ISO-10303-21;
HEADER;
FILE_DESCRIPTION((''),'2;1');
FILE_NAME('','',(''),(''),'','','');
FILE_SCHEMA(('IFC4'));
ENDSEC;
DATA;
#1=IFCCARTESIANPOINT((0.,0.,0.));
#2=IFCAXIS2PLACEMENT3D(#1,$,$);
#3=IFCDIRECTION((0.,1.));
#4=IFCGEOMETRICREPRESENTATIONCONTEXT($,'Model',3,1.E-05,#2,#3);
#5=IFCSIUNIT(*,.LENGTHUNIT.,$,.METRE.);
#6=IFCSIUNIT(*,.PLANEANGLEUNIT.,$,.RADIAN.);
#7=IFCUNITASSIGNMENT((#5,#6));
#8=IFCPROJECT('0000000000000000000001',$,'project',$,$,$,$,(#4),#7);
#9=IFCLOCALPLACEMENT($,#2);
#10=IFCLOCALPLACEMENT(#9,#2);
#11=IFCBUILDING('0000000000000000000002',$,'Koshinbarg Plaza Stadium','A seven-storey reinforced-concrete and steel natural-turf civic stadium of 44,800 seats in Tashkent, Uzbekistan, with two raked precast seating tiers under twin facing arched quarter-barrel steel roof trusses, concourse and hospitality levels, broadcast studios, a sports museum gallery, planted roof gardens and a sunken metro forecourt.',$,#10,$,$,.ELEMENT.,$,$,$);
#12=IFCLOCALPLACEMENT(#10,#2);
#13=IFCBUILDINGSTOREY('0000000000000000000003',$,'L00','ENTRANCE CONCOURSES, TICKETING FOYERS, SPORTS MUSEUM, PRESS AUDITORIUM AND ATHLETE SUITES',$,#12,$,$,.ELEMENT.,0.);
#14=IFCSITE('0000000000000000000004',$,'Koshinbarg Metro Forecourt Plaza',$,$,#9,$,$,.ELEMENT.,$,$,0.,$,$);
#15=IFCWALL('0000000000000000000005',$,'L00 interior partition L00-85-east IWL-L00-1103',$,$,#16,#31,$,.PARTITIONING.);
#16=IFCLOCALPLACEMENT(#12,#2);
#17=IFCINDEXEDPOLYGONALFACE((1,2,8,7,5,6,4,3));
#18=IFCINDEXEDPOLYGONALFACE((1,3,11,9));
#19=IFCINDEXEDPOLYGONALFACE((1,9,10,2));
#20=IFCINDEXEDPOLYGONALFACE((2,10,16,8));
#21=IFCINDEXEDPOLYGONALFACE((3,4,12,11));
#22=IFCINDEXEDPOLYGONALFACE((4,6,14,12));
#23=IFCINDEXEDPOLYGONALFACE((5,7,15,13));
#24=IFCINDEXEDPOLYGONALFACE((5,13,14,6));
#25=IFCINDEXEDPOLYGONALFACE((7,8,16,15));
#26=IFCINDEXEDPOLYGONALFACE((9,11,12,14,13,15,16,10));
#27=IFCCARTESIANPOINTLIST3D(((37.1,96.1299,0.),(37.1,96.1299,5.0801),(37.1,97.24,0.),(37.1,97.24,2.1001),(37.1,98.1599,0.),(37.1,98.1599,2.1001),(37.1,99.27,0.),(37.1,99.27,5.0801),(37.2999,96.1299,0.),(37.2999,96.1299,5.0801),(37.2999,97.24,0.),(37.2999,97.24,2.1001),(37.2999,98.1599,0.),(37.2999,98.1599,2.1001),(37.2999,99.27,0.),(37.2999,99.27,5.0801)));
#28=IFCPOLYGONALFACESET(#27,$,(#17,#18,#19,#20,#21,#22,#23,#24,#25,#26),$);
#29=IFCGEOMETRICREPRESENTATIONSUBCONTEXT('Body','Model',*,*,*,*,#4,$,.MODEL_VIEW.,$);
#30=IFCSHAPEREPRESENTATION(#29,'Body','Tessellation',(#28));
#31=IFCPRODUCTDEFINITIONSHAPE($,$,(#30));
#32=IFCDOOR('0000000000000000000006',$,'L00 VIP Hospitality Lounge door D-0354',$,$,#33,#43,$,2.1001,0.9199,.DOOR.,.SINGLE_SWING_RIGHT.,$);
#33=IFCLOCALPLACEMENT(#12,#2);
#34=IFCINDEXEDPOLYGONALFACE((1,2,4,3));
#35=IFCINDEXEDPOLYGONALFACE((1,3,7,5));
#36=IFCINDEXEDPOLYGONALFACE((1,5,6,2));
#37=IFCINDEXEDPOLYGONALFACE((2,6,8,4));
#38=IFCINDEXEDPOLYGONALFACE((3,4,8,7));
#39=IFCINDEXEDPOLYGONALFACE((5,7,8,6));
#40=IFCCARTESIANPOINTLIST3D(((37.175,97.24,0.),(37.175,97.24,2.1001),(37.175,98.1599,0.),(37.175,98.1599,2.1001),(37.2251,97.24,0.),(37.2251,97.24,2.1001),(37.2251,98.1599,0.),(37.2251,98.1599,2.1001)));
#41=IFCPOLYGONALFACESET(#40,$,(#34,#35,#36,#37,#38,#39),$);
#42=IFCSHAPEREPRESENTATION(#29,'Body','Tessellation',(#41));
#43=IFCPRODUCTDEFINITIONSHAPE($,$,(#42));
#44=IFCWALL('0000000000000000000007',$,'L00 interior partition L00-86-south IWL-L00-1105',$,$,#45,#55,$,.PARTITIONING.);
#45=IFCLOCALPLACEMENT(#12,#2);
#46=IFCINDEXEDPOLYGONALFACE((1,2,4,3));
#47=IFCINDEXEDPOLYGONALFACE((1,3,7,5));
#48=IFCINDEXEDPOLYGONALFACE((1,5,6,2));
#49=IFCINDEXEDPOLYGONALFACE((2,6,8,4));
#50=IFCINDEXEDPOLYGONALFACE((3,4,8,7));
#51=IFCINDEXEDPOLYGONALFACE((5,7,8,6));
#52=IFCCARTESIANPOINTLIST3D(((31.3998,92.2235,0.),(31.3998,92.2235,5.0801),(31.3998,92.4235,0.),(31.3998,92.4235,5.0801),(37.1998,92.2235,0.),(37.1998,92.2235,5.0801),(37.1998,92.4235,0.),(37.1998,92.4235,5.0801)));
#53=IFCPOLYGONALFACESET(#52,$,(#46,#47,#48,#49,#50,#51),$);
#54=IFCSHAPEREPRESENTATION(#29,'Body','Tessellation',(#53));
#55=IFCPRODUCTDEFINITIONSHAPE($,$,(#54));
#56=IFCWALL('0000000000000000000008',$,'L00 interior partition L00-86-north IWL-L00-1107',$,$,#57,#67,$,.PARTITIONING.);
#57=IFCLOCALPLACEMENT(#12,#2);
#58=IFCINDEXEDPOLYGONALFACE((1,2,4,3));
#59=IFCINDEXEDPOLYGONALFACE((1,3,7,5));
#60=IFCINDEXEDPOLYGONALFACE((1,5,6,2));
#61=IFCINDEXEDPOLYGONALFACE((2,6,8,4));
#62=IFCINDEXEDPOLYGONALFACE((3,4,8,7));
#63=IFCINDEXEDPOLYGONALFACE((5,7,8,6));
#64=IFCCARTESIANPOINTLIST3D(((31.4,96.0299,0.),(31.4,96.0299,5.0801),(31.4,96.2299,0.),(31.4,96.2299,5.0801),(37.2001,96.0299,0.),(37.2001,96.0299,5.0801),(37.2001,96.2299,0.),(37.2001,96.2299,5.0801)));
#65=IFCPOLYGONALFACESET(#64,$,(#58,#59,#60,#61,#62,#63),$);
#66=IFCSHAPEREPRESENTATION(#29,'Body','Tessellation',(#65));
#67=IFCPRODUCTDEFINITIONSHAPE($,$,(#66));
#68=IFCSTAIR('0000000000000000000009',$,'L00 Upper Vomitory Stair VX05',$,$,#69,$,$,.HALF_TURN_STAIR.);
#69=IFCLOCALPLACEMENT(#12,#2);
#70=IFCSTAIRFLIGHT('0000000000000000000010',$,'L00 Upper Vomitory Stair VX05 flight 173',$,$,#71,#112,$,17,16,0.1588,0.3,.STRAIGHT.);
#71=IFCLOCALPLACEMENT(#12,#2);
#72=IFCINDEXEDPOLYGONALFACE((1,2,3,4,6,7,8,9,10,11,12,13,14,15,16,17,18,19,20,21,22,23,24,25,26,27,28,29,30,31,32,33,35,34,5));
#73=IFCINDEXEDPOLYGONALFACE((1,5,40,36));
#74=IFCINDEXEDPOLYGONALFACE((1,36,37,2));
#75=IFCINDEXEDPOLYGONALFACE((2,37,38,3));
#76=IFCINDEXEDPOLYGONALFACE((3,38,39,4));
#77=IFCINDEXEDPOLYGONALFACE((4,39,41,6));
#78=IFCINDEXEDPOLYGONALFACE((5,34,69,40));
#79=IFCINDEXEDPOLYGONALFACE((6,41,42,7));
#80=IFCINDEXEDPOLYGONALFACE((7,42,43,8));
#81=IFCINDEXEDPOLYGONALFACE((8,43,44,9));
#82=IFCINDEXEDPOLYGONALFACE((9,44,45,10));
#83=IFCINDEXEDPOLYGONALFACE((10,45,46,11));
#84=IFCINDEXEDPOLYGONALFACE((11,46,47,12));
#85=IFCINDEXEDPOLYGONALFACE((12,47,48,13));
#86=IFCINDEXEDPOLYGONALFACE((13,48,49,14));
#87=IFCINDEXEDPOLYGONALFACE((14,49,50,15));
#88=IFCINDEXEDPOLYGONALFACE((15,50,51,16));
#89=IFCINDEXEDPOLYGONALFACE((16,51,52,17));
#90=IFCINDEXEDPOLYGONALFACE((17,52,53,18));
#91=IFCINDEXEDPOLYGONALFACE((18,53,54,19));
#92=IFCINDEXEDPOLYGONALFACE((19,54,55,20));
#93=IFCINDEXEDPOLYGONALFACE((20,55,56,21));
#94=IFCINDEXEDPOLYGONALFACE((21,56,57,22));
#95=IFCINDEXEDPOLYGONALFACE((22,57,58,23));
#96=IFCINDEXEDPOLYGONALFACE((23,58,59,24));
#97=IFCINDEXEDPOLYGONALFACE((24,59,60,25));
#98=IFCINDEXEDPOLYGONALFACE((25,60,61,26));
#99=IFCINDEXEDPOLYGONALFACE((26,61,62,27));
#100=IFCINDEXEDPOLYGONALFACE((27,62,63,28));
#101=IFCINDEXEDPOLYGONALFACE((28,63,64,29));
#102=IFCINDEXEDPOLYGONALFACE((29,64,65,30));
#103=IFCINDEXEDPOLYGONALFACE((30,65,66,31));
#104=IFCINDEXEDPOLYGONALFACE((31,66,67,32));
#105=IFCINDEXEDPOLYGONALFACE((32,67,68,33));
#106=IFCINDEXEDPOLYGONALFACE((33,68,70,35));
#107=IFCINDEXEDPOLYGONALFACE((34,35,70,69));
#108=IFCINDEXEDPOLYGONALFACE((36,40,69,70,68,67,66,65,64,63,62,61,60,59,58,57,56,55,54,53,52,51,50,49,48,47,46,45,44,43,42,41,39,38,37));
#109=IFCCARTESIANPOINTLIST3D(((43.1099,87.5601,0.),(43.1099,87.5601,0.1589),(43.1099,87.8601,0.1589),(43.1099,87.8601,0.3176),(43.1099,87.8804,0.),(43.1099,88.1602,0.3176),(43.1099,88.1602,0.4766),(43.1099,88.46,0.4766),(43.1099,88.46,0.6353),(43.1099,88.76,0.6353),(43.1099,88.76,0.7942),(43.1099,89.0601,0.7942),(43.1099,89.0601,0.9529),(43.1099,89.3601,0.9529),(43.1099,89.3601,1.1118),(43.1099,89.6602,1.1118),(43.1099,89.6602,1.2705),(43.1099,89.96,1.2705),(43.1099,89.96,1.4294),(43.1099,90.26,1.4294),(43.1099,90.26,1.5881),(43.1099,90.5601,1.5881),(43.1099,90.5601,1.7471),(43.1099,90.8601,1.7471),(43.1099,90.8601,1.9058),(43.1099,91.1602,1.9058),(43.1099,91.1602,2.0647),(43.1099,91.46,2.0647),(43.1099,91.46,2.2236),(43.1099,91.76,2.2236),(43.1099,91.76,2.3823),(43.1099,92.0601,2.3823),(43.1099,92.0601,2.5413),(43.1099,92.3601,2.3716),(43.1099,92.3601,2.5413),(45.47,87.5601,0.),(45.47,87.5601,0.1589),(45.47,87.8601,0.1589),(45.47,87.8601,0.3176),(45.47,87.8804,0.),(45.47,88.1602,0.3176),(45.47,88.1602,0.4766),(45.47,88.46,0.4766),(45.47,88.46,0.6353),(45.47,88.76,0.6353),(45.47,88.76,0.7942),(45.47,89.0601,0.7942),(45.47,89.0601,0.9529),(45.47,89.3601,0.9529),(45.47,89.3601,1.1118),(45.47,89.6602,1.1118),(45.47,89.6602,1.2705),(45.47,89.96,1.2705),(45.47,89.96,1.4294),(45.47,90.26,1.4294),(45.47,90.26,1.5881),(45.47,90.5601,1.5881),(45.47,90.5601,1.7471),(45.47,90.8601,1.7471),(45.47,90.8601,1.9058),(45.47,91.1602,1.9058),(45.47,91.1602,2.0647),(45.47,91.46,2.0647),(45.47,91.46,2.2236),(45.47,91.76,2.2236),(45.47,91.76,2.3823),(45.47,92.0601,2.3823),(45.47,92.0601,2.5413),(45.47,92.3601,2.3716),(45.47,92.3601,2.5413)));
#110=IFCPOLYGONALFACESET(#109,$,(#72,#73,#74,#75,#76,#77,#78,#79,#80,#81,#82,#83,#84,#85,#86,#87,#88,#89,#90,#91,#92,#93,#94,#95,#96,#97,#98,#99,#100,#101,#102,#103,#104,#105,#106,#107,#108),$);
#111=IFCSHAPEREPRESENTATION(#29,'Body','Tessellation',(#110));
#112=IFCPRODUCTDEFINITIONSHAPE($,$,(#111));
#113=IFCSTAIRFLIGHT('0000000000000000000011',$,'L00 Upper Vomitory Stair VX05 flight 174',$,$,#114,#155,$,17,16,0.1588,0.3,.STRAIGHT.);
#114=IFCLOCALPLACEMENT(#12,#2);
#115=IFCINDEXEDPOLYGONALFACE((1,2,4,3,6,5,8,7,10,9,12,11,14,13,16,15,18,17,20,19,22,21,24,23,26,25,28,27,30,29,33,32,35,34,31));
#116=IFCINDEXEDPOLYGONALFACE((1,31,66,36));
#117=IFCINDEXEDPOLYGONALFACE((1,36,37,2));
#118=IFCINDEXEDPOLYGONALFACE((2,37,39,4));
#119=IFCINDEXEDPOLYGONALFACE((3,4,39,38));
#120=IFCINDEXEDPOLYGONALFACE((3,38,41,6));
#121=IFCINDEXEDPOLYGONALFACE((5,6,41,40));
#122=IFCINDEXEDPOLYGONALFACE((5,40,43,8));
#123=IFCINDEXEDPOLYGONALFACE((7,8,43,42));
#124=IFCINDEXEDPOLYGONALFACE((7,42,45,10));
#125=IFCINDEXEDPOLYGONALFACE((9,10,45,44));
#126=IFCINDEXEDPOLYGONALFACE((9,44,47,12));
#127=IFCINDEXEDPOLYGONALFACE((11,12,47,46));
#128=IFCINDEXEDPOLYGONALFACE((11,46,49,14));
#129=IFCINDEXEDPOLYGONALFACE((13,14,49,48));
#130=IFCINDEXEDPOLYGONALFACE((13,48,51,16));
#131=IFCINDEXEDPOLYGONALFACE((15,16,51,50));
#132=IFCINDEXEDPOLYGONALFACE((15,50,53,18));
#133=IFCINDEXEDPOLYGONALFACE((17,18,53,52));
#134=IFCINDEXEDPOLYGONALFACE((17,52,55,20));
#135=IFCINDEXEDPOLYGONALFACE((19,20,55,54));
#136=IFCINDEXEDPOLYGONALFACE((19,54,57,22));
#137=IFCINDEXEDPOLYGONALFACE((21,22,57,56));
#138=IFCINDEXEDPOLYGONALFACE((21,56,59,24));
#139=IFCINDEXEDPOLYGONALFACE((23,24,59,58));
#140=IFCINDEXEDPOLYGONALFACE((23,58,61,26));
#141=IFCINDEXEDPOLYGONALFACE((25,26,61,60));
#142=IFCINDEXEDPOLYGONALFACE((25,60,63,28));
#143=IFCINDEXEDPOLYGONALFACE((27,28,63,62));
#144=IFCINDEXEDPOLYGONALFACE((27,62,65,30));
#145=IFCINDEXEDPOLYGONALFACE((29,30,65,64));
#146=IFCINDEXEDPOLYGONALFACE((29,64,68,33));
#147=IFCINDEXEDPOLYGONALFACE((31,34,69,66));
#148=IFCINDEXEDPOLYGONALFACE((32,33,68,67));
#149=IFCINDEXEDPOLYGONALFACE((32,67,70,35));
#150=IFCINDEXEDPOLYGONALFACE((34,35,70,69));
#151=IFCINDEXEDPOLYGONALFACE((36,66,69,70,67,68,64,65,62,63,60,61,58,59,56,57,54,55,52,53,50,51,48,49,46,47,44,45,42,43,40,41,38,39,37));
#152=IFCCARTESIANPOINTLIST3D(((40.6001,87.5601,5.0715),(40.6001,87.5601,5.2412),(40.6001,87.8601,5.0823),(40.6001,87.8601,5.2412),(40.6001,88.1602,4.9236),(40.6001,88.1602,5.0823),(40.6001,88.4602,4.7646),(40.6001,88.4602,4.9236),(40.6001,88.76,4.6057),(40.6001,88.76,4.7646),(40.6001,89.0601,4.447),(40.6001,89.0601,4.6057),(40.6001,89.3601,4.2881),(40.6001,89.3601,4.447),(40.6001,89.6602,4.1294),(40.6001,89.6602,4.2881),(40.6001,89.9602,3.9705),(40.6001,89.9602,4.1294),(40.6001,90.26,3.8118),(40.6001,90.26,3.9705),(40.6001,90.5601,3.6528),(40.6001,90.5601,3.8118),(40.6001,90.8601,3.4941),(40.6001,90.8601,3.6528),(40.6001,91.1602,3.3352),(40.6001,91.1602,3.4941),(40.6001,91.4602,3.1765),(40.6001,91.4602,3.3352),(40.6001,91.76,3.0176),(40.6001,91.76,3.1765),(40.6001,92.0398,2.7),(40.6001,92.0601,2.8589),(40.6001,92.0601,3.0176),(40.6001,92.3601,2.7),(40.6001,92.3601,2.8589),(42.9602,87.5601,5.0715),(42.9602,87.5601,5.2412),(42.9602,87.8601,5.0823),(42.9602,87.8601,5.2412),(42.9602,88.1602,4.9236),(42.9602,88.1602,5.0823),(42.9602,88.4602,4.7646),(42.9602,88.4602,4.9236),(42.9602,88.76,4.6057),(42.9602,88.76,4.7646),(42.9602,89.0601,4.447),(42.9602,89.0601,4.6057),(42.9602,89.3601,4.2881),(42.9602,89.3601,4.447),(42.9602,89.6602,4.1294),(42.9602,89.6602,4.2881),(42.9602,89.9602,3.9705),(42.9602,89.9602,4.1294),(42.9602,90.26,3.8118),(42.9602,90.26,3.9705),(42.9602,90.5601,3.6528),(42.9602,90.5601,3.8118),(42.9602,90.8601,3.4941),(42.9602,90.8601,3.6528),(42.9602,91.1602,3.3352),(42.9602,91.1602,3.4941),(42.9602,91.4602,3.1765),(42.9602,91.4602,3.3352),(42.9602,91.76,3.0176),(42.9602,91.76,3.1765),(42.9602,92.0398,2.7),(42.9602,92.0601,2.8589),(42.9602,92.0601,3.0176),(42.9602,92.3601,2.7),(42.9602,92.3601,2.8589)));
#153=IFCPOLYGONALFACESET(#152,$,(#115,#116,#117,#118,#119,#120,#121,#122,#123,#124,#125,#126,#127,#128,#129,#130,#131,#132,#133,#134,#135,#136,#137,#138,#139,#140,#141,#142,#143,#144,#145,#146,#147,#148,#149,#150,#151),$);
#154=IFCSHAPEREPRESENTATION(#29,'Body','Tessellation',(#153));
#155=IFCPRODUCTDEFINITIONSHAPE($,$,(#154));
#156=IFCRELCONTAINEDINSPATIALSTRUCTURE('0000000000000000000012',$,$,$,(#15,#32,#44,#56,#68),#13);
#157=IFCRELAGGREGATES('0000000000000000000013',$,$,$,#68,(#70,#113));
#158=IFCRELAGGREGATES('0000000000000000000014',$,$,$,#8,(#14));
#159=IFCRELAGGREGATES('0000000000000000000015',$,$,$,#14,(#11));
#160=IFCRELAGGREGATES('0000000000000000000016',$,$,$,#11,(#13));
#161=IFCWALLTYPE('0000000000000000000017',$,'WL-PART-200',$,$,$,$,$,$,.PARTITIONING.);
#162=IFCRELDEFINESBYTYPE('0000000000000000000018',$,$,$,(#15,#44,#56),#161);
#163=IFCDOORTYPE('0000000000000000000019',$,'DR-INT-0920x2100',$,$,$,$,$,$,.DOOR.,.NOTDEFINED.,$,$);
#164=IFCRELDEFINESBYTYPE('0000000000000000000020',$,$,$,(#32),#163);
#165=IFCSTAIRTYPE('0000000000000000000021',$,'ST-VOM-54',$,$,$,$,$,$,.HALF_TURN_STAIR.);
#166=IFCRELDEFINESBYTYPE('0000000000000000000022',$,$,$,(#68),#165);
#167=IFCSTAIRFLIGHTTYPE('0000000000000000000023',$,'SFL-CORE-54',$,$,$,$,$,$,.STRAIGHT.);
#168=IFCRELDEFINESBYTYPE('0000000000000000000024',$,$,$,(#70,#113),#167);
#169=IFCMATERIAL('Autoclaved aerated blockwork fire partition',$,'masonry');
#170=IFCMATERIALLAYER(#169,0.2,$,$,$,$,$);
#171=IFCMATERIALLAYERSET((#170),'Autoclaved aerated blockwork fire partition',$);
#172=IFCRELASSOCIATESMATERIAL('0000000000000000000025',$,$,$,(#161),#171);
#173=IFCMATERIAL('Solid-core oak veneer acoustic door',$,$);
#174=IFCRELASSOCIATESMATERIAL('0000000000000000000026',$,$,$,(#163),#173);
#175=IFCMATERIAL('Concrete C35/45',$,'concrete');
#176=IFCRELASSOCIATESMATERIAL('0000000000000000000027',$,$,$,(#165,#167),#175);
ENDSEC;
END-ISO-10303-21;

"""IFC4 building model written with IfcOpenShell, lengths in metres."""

from ifc_helpers import new_model, si_unit, direction, frame, frame_2d, origin, place, context, subcontext, project, spatial, polyline, rectangle, outline, extrude, material, layer, layer_set, type_object, element, fill, aggregate, save


model = new_model("IFC4")

# Units and contexts
model_context = context("Model", 3, precision=1e-05, world=origin(), true_north=direction((0.0, 1.0)))
body_context = subcontext(model_context, "Body", "Model", "MODEL_VIEW")
ifc_project = project(units=[si_unit("LENGTHUNIT", "METRE"), si_unit("PLANEANGLEUNIT", "RADIAN")], contexts=[model_context])

# Site, building, storey
site_placement = place(None, origin())
site = spatial("IfcSite", under=ifc_project, at=site_placement, Name="Koshinbarg Metro Forecourt Plaza", CompositionType="ELEMENT", RefElevation=0.0)
building_placement = place(site_placement, origin())
building = spatial("IfcBuilding", under=site, at=building_placement, Name="Koshinbarg Plaza Stadium", Description="A seven-storey reinforced-concrete and steel natural-turf civic stadium of 44,800 seats in Tashkent, Uzbekistan, with two raked precast seating tiers under twin facing arched quarter-barrel steel roof trusses, concourse and hospitality levels, broadcast studios, a sports museum gallery, planted roof gardens and a sunken metro forecourt.", CompositionType="ELEMENT")
storey_placement = place(building_placement, origin())
storey = spatial("IfcBuildingStorey", under=building, at=storey_placement, Name="L00", Description="ENTRANCE CONCOURSES, TICKETING FOYERS, SPORTS MUSEUM, PRESS AUDITORIUM AND ATHLETE SUITES", CompositionType="ELEMENT", Elevation=0.0)

# Shared definitions
ifc_material_1 = material(Name="Autoclaved aerated blockwork fire partition", Category="masonry")
ifc_layer_1 = layer(ifc_material_1, 0.2)
ifc_layer_set_1 = layer_set([ifc_layer_1], Name="Autoclaved aerated blockwork fire partition")
wall_type_1 = type_object("IfcWallType", Name="WL-PART-200", PredefinedType="PARTITIONING", material=ifc_layer_set_1)

# Wall, opening, door
wall_1_placement = place(storey_placement, frame((37.2, 96.1299, 0.0), z_axis=(0.0, 0.0, 1.0), x_axis=(0.0, 1.0, 0.0)))
wall_1 = element("IfcWall", 1, at=wall_1_placement, inside=storey, type_object=wall_type_1, Name="L00 interior partition L00-85-east IWL-L00-1103", PredefinedType="PARTITIONING", context=body_context, shape_type="SweptSolid", body=[
    extrude(rectangle(XDim=3.1401, YDim=0.2, at=frame_2d((1.5701, 0.0))), origin(), (0.0, 0.0, 1.0), 5.0801),
])
opening_1_placement = place(wall_1_placement, frame((1.1101, 0.0, 0.0)))
opening_1 = element("IfcOpeningElement", 2, at=opening_1_placement, cuts=wall_1, PredefinedType="OPENING", context=body_context, shape_type="SweptSolid", body=[
    extrude(rectangle(XDim=0.9199, YDim=2.1001, at=frame_2d((0.46, 1.05))), frame((0.0, 0.1099, 0.0), z_axis=(0.0, -1.0, 0.0), x_axis=(1.0, 0.0, 0.0)), (0.0, 0.0, 1.0), 0.22),
])
ifc_material_2 = material(Name="Solid-core oak veneer acoustic door")
door_type_1 = type_object("IfcDoorType", Name="DR-INT-0920x2100", OperationType="NOTDEFINED", PredefinedType="DOOR", material=ifc_material_2)
door_1_placement = place(opening_1_placement, origin())
door_1 = element("IfcDoor", 3, at=door_1_placement, inside=storey, type_object=door_type_1, Name="L00 VIP Hospitality Lounge door D-0354", OperationType="SINGLE_SWING_RIGHT", OverallHeight=2.1001, OverallWidth=0.9199, PredefinedType="DOOR", context=body_context, shape_type="SweptSolid", body=[
    extrude(rectangle(XDim=0.9199, YDim=2.1001, at=frame_2d((0.46, 1.05))), frame((0.0, 0.0249, 0.0), z_axis=(0.0, -1.0, 0.0), x_axis=(1.0, 0.0, 0.0)), (0.0, 0.0, 1.0), 0.05),
])
fill(opening_1, door_1)

# Wall
wall_2_placement = place(storey_placement, frame((31.3999, 92.3235, 0.0), z_axis=(0.0, 0.0, 1.0), x_axis=(1.0, 0.0, 0.0)))
element("IfcWall", 4, at=wall_2_placement, inside=storey, type_object=wall_type_1, Name="L00 interior partition L00-86-south IWL-L00-1105", PredefinedType="PARTITIONING", context=body_context, shape_type="SweptSolid", body=[
    extrude(rectangle(XDim=5.8, YDim=0.2, at=frame_2d((2.8999, 0.0))), origin(), (0.0, 0.0, 1.0), 5.0801),
])

# Wall
wall_3_placement = place(storey_placement, frame((37.2, 96.1299, 0.0), z_axis=(0.0, 0.0, 1.0), x_axis=(-1.0, 0.0, 0.0)))
element("IfcWall", 5, at=wall_3_placement, inside=storey, type_object=wall_type_1, Name="L00 interior partition L00-86-north IWL-L00-1107", PredefinedType="PARTITIONING", context=body_context, shape_type="SweptSolid", body=[
    extrude(rectangle(XDim=5.8, YDim=0.2, at=frame_2d((2.8999, 0.0))), origin(), (0.0, 0.0, 1.0), 5.0801),
])

# Stair, stair flights
ifc_material_3 = material(Name="Concrete C35/45", Category="concrete")
stair_type = type_object("IfcStairType", Name="ST-VOM-54", PredefinedType="HALF_TURN_STAIR", material=ifc_material_3)
stair_placement = place(storey_placement, origin())
stair = element("IfcStair", 6, at=stair_placement, inside=storey, type_object=stair_type, Name="L00 Upper Vomitory Stair VX05", PredefinedType="HALF_TURN_STAIR")
stair_flight_type = type_object("IfcStairFlightType", Name="SFL-CORE-54", PredefinedType="STRAIGHT", material=ifc_material_3)
stair_flight_1_placement = place(storey_placement, frame((44.29, 87.5601, 0.0), z_axis=(0.0, 0.0, 1.0), x_axis=(0.0, 1.0, 0.0)))
stair_flight_1 = element("IfcStairFlight", 7, at=stair_flight_1_placement, type_object=stair_flight_type, Name="L00 Upper Vomitory Stair VX05 flight 173", NumberOfRisers=17, NumberOfTreads=16, PredefinedType="STRAIGHT", RiserHeight=0.1588, TreadLength=0.3, context=body_context, shape_type="SweptSolid", body=[
    extrude(outline(polyline([(0.0, 0.0), (0.0, 0.1589), (0.3, 0.1589), (0.3, 0.3176), (0.6001, 0.3176), (0.6001, 0.4766), (0.8999, 0.4766), (0.8999, 0.6353), (1.2, 0.6353), (1.2, 0.7942), (1.5, 0.7942), (1.5, 0.9529), (1.8, 0.9529), (1.8, 1.1118), (2.1001, 1.1118), (2.1001, 1.2705), (2.3999, 1.2705), (2.3999, 1.4294), (2.7, 1.4294), (2.7, 1.5881), (3.0, 1.5881), (3.0, 1.7471), (3.3, 1.7471), (3.3, 1.9058), (3.6001, 1.9058), (3.6001, 2.0647), (3.8999, 2.0647), (3.8999, 2.2236), (4.2, 2.2236), (4.2, 2.3823), (4.5, 2.3823), (4.5, 2.5413), (4.8, 2.5413), (4.8, 2.7), (4.8, 2.3716), (0.3203, 0.0), (0.0, 0.0)])), frame((0.0, 1.1802, 0.0), z_axis=(0.0, -1.0, 0.0), x_axis=(1.0, 0.0, 0.0)), (0.0, 0.0, 1.0), 2.3601),
])
stair_flight_2_placement = place(storey_placement, frame((41.78, 92.3601, 2.7), z_axis=(0.0, 0.0, 1.0), x_axis=(0.0, -1.0, 0.0)))
stair_flight_2 = element("IfcStairFlight", 8, at=stair_flight_2_placement, type_object=stair_flight_type, Name="L00 Upper Vomitory Stair VX05 flight 174", NumberOfRisers=17, NumberOfTreads=16, PredefinedType="STRAIGHT", RiserHeight=0.1588, TreadLength=0.3, context=body_context, shape_type="SweptSolid", body=[
    extrude(outline(polyline([(0.0, 0.0), (0.0, 0.1589), (0.3, 0.1589), (0.3, 0.3176), (0.6001, 0.3176), (0.6001, 0.4766), (0.8999, 0.4766), (0.8999, 0.6353), (1.2, 0.6353), (1.2, 0.7942), (1.5, 0.7942), (1.5, 0.9529), (1.8, 0.9529), (1.8, 1.1118), (2.1001, 1.1118), (2.1001, 1.2705), (2.3999, 1.2705), (2.3999, 1.4294), (2.7, 1.4294), (2.7, 1.5881), (3.0, 1.5881), (3.0, 1.7471), (3.3, 1.7471), (3.3, 1.9058), (3.6001, 1.9058), (3.6001, 2.0647), (3.8999, 2.0647), (3.8999, 2.2236), (4.2, 2.2236), (4.2, 2.3823), (4.5, 2.3823), (4.5, 2.5413), (4.8, 2.5413), (4.8, 2.7), (4.8, 2.3716), (0.3203, 0.0), (0.0, 0.0)])), frame((0.0, 1.1802, 0.0), z_axis=(0.0, -1.0, 0.0), x_axis=(1.0, 0.0, 0.0)), (0.0, 0.0, 1.0), 2.3601),
])
aggregate(stair, [stair_flight_1, stair_flight_2])

save(model, "model.ifc")
